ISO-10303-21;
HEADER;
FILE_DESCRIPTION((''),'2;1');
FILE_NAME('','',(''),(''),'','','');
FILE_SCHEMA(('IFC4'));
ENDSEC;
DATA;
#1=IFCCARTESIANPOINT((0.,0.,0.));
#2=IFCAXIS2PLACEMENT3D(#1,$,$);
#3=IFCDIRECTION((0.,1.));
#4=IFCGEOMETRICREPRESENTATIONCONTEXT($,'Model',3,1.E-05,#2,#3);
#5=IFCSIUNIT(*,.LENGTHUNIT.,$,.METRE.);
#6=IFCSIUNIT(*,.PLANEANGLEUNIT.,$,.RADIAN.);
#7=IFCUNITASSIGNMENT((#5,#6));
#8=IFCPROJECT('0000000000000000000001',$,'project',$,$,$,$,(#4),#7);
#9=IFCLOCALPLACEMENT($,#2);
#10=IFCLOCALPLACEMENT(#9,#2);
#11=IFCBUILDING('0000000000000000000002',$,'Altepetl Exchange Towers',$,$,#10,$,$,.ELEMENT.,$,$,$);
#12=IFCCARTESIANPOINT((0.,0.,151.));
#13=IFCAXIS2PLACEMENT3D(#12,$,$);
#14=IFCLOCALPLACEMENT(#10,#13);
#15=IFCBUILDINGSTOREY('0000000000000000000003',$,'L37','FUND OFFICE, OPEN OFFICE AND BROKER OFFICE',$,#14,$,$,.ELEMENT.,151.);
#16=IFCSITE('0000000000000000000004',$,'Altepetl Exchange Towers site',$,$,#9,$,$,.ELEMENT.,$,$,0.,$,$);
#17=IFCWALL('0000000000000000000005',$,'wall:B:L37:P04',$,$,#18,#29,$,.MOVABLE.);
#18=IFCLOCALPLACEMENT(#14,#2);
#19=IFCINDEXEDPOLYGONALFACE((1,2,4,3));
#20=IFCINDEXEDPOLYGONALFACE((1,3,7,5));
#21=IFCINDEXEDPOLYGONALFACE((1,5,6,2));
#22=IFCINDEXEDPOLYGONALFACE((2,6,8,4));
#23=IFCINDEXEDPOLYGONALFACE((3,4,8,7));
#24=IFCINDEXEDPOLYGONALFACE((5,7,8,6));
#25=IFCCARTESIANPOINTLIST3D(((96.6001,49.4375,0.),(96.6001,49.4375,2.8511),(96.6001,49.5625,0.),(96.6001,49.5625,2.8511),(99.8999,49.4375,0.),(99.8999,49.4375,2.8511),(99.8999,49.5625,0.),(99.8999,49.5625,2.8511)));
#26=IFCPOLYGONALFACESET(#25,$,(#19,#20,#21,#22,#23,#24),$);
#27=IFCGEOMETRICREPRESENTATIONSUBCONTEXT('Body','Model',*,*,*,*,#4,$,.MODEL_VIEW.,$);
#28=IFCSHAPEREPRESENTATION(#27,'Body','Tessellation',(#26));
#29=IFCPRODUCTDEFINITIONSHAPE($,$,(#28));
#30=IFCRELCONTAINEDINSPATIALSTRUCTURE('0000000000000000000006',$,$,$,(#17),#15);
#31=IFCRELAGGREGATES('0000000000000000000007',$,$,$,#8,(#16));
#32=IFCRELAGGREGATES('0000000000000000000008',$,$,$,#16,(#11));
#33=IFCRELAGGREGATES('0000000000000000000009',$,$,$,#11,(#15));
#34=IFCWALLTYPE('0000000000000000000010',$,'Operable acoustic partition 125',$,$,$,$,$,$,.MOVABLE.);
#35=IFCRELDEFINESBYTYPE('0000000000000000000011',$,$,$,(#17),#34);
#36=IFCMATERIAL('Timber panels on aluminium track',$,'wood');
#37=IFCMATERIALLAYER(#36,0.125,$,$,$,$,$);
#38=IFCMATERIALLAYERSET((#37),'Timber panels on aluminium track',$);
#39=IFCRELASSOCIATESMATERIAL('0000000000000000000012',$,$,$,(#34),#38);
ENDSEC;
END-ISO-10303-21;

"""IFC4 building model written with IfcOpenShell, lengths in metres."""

from ifc_helpers import new_model, si_unit, direction, frame, frame_2d, origin, place, context, subcontext, project, spatial, rectangle, extrude, material, layer, layer_set, type_object, element, save


model = new_model("IFC4")

# Units and contexts
model_context = context("Model", 3, precision=1e-05, world=origin(), true_north=direction((0.0, 1.0)))
body_context = subcontext(model_context, "Body", "Model", "MODEL_VIEW")
ifc_project = project(units=[si_unit("LENGTHUNIT", "METRE"), si_unit("PLANEANGLEUNIT", "RADIAN")], contexts=[model_context])

# Site, building, storey
site_placement = place(None, origin())
site = spatial("IfcSite", under=ifc_project, at=site_placement, Name="Altepetl Exchange Towers site", CompositionType="ELEMENT", RefElevation=0.0)
building_placement = place(site_placement, origin())
building = spatial("IfcBuilding", under=site, at=building_placement, Name="Altepetl Exchange Towers", CompositionType="ELEMENT")
storey_placement = place(building_placement, frame((0.0, 0.0, 151.0)))
storey = spatial("IfcBuildingStorey", under=building, at=storey_placement, Name="L37", Description="FUND OFFICE, OPEN OFFICE AND BROKER OFFICE", CompositionType="ELEMENT", Elevation=151.0)

# Wall
ifc_material_1 = material(Name="Timber panels on aluminium track", Category="wood")
ifc_layer_1 = layer(ifc_material_1, 0.125)
ifc_layer_set_1 = layer_set([ifc_layer_1], Name="Timber panels on aluminium track")
wall_type = type_object("IfcWallType", Name="Operable acoustic partition 125", PredefinedType="MOVABLE", material=ifc_layer_set_1)
wall_placement = place(storey_placement, frame((96.6001, 49.5, 0.0)))
element("IfcWall", 1, at=wall_placement, inside=storey, type_object=wall_type, Name="wall:B:L37:P04", PredefinedType="MOVABLE", context=body_context, shape_type="SweptSolid", body=[
    extrude(rectangle(XDim=3.2998, YDim=0.125, at=frame_2d((1.6499, 0.0))), origin(), (0.0, 0.0, 1.0), 2.8511),
])

save(model, "model.ifc")
